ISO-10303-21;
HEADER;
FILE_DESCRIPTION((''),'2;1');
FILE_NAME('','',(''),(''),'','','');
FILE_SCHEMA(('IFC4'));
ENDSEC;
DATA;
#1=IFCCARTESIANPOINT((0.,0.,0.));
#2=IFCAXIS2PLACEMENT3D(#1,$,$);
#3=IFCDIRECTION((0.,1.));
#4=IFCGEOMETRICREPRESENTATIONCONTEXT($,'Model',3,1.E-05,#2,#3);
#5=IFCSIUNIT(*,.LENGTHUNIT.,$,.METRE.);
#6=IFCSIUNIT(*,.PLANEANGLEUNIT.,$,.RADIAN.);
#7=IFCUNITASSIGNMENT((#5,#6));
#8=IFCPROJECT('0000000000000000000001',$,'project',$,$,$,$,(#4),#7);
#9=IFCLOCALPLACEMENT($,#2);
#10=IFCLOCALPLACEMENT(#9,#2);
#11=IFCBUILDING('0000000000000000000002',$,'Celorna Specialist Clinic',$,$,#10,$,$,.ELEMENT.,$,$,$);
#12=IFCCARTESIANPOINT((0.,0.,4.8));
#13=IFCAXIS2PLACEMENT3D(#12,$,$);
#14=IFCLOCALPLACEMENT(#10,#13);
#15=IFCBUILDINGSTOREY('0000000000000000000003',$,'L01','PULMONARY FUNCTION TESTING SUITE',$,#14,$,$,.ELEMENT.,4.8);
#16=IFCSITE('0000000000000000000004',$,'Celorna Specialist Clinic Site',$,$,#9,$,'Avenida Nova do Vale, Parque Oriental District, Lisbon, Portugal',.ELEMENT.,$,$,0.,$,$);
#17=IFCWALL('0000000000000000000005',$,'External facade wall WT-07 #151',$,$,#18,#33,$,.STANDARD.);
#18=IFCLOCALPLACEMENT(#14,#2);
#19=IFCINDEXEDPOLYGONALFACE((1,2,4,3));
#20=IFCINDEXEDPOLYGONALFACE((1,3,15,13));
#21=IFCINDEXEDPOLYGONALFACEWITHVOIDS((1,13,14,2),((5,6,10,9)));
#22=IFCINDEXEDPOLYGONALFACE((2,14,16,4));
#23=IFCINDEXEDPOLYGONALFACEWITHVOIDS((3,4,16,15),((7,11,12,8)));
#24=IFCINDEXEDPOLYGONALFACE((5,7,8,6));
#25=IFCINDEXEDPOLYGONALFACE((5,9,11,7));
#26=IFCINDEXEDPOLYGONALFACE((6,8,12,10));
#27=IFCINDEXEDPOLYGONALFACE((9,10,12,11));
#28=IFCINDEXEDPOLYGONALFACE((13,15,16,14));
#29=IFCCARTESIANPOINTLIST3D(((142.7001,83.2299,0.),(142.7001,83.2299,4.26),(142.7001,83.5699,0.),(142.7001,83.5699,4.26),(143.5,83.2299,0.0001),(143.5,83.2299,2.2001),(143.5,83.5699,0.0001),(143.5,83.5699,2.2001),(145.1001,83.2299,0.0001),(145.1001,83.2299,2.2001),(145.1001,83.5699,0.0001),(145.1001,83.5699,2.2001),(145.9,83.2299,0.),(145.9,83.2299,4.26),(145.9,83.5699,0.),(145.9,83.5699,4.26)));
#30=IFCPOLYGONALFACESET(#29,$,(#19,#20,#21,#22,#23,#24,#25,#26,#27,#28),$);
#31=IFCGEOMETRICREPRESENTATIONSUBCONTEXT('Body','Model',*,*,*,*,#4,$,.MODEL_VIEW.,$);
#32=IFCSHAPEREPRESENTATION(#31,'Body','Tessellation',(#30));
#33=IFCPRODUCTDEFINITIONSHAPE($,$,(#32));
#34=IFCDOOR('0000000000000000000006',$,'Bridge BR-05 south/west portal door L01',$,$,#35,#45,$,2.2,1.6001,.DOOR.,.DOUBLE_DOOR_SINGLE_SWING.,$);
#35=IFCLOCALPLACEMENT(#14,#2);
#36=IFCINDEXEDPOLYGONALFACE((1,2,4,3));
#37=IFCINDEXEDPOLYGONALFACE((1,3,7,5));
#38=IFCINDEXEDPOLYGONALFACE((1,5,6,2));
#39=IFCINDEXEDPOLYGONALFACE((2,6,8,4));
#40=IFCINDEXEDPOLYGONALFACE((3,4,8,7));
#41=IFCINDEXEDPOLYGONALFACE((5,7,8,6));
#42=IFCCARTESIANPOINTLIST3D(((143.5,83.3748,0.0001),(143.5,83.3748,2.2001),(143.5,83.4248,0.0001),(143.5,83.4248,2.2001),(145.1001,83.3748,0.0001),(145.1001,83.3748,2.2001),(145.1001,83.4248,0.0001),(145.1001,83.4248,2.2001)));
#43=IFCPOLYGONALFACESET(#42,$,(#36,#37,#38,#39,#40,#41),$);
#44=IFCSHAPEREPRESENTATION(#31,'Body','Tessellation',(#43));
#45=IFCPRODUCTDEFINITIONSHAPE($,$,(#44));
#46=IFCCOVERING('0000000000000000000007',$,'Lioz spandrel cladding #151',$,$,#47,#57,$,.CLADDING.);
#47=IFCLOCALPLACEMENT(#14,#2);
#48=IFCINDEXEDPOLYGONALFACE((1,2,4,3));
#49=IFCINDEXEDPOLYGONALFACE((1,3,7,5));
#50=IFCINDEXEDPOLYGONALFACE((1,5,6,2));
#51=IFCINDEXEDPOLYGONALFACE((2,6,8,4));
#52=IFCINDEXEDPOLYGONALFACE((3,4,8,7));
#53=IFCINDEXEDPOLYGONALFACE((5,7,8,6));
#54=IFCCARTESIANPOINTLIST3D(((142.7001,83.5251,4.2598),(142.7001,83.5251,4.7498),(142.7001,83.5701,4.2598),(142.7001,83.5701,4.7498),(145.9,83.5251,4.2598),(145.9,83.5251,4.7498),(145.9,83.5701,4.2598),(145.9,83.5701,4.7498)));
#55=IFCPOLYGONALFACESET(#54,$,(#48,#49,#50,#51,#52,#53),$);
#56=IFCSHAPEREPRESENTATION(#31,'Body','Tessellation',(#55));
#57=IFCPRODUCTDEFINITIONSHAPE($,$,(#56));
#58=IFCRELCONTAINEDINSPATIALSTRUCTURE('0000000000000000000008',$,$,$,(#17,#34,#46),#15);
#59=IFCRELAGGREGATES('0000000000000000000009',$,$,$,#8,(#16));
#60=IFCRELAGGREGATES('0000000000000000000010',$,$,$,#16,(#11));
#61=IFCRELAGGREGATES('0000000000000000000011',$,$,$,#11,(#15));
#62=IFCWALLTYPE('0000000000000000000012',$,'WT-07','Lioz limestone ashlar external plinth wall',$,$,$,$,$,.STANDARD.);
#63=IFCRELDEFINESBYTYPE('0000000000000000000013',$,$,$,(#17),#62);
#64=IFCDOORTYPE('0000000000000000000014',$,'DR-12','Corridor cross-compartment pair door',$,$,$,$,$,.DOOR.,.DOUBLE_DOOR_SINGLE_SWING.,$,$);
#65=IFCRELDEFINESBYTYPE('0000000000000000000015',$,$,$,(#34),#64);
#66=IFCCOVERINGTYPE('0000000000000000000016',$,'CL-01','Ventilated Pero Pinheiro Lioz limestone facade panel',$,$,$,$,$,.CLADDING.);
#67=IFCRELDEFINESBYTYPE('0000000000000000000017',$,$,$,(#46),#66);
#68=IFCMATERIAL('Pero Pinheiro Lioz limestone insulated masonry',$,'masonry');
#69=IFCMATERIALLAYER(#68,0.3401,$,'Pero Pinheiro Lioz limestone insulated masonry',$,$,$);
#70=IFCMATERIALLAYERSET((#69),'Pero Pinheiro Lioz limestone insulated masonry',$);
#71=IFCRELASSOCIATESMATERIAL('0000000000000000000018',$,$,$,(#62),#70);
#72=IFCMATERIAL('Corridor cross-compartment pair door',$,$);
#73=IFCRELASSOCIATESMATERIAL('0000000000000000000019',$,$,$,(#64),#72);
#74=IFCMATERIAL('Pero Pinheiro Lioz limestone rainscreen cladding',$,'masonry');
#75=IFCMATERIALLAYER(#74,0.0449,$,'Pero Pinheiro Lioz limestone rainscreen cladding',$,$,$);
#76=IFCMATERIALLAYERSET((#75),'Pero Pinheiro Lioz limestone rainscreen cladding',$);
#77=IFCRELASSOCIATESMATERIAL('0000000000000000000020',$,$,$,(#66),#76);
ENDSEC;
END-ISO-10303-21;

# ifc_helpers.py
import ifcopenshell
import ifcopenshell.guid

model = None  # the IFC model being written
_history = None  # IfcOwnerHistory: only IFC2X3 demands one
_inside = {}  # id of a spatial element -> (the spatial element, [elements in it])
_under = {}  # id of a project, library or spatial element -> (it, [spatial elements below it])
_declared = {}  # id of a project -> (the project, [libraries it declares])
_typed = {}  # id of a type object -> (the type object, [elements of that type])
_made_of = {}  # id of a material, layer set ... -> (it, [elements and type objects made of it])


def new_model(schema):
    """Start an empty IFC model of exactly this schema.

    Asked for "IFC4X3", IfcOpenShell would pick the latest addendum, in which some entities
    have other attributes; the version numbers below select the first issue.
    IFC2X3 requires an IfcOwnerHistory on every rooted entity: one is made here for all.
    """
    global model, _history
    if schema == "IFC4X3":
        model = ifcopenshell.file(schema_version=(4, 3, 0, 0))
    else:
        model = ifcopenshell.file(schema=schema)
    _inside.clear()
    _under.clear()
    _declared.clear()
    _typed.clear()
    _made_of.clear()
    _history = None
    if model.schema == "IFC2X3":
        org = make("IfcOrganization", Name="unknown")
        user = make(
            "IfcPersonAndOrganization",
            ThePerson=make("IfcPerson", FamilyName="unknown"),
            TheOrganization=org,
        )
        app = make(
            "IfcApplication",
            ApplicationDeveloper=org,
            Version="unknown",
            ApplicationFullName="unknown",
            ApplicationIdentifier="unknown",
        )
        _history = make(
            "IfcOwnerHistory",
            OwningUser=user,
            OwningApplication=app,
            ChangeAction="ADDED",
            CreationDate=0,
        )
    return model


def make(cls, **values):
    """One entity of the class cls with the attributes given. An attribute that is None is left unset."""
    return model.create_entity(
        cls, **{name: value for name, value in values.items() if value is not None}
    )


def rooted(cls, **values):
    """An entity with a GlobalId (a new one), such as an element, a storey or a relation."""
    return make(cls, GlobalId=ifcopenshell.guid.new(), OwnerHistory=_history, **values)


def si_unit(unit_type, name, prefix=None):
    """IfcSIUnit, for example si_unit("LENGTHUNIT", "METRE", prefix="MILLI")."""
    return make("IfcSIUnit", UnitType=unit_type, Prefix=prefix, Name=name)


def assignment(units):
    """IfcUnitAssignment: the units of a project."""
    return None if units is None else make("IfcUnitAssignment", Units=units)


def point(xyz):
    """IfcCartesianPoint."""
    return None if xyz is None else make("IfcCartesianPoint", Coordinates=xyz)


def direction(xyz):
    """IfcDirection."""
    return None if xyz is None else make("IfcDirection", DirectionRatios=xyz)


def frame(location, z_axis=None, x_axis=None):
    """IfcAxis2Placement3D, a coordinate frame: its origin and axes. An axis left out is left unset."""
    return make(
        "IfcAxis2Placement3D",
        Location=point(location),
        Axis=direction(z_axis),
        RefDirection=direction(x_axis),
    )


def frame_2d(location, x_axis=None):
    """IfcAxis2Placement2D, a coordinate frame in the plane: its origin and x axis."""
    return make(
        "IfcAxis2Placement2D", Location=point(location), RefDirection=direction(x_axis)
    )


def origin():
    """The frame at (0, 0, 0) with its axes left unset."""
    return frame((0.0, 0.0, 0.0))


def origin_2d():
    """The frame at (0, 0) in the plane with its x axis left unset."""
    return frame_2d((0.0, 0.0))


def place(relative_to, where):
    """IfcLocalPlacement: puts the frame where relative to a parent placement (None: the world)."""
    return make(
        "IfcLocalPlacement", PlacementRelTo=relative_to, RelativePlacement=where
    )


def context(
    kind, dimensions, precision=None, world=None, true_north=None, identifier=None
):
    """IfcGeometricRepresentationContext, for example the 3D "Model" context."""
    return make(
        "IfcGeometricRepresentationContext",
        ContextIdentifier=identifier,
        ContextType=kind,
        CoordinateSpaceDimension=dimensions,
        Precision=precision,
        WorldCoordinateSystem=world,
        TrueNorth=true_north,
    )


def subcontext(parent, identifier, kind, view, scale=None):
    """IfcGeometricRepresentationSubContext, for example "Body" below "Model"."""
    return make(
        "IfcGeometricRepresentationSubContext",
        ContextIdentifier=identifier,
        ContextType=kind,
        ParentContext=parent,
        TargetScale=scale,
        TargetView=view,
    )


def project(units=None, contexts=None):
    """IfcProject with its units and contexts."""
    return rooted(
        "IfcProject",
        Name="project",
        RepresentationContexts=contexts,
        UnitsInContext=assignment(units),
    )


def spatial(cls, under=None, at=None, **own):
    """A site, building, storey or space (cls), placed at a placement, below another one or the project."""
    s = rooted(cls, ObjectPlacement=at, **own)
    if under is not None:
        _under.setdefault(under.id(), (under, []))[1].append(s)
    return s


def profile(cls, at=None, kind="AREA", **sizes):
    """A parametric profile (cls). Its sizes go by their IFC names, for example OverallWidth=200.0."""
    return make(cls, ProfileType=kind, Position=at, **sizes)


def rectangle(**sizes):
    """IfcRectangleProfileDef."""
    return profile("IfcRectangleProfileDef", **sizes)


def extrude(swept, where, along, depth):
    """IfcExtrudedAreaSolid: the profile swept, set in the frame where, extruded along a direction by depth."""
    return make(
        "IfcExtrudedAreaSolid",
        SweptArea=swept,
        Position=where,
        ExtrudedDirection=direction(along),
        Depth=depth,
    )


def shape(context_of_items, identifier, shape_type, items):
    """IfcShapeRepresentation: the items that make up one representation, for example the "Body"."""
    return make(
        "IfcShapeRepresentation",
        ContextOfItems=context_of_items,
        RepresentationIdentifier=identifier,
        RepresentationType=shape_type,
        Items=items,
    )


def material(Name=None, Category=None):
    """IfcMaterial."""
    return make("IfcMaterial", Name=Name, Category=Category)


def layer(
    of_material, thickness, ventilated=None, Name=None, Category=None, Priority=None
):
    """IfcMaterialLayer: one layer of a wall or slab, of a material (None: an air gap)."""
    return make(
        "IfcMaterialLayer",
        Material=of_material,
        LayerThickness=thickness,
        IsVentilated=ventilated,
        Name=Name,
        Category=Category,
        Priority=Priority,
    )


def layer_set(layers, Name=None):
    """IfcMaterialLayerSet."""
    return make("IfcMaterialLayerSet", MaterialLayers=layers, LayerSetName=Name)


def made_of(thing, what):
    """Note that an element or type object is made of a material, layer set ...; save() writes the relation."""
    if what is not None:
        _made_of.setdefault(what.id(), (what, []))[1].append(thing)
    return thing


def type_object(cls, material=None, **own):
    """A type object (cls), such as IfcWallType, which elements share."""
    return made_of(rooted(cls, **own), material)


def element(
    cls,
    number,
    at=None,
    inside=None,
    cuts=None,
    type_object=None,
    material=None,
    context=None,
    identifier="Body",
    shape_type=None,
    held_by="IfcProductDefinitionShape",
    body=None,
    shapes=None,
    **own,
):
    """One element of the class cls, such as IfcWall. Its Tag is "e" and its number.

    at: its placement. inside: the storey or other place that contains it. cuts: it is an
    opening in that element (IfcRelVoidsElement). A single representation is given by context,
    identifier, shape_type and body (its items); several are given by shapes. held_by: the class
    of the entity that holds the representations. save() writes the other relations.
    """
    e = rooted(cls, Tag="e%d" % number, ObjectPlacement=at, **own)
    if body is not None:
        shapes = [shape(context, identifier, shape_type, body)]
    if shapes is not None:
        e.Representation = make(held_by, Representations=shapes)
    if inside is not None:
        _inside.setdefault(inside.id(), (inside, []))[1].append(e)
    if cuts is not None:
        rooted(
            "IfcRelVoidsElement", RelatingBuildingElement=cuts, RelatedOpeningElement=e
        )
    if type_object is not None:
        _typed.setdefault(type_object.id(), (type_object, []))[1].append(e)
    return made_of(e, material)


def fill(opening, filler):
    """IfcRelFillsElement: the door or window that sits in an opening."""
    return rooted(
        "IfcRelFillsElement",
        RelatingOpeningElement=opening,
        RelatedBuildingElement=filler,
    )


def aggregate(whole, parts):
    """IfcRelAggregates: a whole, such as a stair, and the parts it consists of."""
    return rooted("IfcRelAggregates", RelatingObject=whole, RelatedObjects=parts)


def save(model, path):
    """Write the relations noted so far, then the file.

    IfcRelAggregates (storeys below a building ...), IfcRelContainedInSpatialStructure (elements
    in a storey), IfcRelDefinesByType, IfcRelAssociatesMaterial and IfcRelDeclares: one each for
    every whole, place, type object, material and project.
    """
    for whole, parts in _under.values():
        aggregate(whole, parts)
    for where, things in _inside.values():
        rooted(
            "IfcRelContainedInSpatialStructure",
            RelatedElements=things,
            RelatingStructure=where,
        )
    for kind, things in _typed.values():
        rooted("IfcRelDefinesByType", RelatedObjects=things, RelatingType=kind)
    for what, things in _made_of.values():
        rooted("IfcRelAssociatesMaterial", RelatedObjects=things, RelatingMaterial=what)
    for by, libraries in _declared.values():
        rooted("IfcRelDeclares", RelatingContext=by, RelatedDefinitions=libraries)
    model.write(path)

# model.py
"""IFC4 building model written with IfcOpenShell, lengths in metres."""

from ifc_helpers import new_model, si_unit, direction, frame, frame_2d, origin, origin_2d, place, context, subcontext, project, spatial, rectangle, extrude, material, layer, layer_set, type_object, element, fill, save


model = new_model("IFC4")

# Units and contexts
model_context = context("Model", 3, precision=1e-05, world=origin(), true_north=direction((0.0, 1.0)))
body_context = subcontext(model_context, "Body", "Model", "MODEL_VIEW")
ifc_project = project(units=[si_unit("LENGTHUNIT", "METRE"), si_unit("PLANEANGLEUNIT", "RADIAN")], contexts=[model_context])

# Site, building, storey
site_placement = place(None, origin())
site = spatial("IfcSite", under=ifc_project, at=site_placement, Name="Celorna Specialist Clinic Site", LongName="Avenida Nova do Vale, Parque Oriental District, Lisbon, Portugal", CompositionType="ELEMENT", RefElevation=0.0)
building_placement = place(site_placement, origin())
building = spatial("IfcBuilding", under=site, at=building_placement, Name="Celorna Specialist Clinic", CompositionType="ELEMENT")
storey_placement = place(building_placement, frame((0.0, 0.0, 4.8)))
storey = spatial("IfcBuildingStorey", under=building, at=storey_placement, Name="L01", Description="PULMONARY FUNCTION TESTING SUITE", CompositionType="ELEMENT", Elevation=4.8)

# Shared definitions
ifc_material_1 = material(Name="Pero Pinheiro Lioz limestone insulated masonry", Category="masonry")
ifc_layer_1 = layer(ifc_material_1, 0.3401, Name="Pero Pinheiro Lioz limestone insulated masonry")
ifc_layer_set_1 = layer_set([ifc_layer_1], Name="Pero Pinheiro Lioz limestone insulated masonry")
wall_type = type_object("IfcWallType", Name="WT-07", Description="Lioz limestone ashlar external plinth wall", PredefinedType="STANDARD", material=ifc_layer_set_1)

# Wall, opening, door
wall_1_placement = place(storey_placement, frame((142.7, 83.3999, 0.0), z_axis=(0.0, 0.0, 1.0), x_axis=(1.0, 0.0, 0.0)))
wall_1 = element("IfcWall", 1, at=wall_1_placement, inside=storey, type_object=wall_type, Name="External facade wall WT-07 #151", PredefinedType="STANDARD", context=body_context, shape_type="SweptSolid", body=[
    extrude(rectangle(XDim=3.2, YDim=0.3401, at=frame_2d((1.6001, 0.0))), origin(), (0.0, 0.0, 1.0), 4.26),
])
opening_placement = place(wall_1_placement, frame((0.8, 0.0, 0.0)))
opening = element("IfcOpeningElement", 2, at=opening_placement, cuts=wall_1, PredefinedType="OPENING", context=body_context, shape_type="SweptSolid", body=[
    extrude(rectangle(XDim=1.6001, YDim=2.2, at=frame_2d((0.8, 1.1001))), frame((0.0, 0.1799, 0.0), z_axis=(0.0, -1.0, 0.0), x_axis=(1.0, 0.0, 0.0)), (0.0, 0.0, 1.0), 0.3601),
])
ifc_material_2 = material(Name="Corridor cross-compartment pair door")
door_type = type_object("IfcDoorType", Name="DR-12", Description="Corridor cross-compartment pair door", OperationType="DOUBLE_DOOR_SINGLE_SWING", PredefinedType="DOOR", material=ifc_material_2)
door_placement = place(opening_placement, origin())
door = element("IfcDoor", 3, at=door_placement, inside=storey, type_object=door_type, Name="Bridge BR-05 south/west portal door L01", OperationType="DOUBLE_DOOR_SINGLE_SWING", OverallHeight=2.2, OverallWidth=1.6001, PredefinedType="DOOR", context=body_context, shape_type="SweptSolid", body=[
    extrude(rectangle(XDim=1.6001, YDim=2.2, at=frame_2d((0.8, 1.1001))), frame((0.0, 0.0249, 0.0), z_axis=(0.0, -1.0, 0.0), x_axis=(1.0, 0.0, 0.0)), (0.0, 0.0, 1.0), 0.05),
])
fill(opening, door)

# Covering
ifc_material_3 = material(Name="Pero Pinheiro Lioz limestone rainscreen cladding", Category="masonry")
ifc_layer_2 = layer(ifc_material_3, 0.0449, Name="Pero Pinheiro Lioz limestone rainscreen cladding")
ifc_layer_set_2 = layer_set([ifc_layer_2], Name="Pero Pinheiro Lioz limestone rainscreen cladding")
covering_type = type_object("IfcCoveringType", Name="CL-01", Description="Ventilated Pero Pinheiro Lioz limestone facade panel", PredefinedType="CLADDING", material=ifc_layer_set_2)
covering_placement = place(storey_placement, frame((144.3, 83.5476, 4.2598), z_axis=(0.0, 0.0, 1.0), x_axis=(1.0, 0.0, 0.0)))
element("IfcCovering", 4, at=covering_placement, inside=storey, type_object=covering_type, Name="Lioz spandrel cladding #151", PredefinedType="CLADDING", context=body_context, shape_type="SweptSolid", body=[
    extrude(rectangle(XDim=3.2, YDim=0.0449, at=origin_2d()), origin(), (0.0, 0.0, 1.0), 0.49),
])

save(model, "model.ifc")
